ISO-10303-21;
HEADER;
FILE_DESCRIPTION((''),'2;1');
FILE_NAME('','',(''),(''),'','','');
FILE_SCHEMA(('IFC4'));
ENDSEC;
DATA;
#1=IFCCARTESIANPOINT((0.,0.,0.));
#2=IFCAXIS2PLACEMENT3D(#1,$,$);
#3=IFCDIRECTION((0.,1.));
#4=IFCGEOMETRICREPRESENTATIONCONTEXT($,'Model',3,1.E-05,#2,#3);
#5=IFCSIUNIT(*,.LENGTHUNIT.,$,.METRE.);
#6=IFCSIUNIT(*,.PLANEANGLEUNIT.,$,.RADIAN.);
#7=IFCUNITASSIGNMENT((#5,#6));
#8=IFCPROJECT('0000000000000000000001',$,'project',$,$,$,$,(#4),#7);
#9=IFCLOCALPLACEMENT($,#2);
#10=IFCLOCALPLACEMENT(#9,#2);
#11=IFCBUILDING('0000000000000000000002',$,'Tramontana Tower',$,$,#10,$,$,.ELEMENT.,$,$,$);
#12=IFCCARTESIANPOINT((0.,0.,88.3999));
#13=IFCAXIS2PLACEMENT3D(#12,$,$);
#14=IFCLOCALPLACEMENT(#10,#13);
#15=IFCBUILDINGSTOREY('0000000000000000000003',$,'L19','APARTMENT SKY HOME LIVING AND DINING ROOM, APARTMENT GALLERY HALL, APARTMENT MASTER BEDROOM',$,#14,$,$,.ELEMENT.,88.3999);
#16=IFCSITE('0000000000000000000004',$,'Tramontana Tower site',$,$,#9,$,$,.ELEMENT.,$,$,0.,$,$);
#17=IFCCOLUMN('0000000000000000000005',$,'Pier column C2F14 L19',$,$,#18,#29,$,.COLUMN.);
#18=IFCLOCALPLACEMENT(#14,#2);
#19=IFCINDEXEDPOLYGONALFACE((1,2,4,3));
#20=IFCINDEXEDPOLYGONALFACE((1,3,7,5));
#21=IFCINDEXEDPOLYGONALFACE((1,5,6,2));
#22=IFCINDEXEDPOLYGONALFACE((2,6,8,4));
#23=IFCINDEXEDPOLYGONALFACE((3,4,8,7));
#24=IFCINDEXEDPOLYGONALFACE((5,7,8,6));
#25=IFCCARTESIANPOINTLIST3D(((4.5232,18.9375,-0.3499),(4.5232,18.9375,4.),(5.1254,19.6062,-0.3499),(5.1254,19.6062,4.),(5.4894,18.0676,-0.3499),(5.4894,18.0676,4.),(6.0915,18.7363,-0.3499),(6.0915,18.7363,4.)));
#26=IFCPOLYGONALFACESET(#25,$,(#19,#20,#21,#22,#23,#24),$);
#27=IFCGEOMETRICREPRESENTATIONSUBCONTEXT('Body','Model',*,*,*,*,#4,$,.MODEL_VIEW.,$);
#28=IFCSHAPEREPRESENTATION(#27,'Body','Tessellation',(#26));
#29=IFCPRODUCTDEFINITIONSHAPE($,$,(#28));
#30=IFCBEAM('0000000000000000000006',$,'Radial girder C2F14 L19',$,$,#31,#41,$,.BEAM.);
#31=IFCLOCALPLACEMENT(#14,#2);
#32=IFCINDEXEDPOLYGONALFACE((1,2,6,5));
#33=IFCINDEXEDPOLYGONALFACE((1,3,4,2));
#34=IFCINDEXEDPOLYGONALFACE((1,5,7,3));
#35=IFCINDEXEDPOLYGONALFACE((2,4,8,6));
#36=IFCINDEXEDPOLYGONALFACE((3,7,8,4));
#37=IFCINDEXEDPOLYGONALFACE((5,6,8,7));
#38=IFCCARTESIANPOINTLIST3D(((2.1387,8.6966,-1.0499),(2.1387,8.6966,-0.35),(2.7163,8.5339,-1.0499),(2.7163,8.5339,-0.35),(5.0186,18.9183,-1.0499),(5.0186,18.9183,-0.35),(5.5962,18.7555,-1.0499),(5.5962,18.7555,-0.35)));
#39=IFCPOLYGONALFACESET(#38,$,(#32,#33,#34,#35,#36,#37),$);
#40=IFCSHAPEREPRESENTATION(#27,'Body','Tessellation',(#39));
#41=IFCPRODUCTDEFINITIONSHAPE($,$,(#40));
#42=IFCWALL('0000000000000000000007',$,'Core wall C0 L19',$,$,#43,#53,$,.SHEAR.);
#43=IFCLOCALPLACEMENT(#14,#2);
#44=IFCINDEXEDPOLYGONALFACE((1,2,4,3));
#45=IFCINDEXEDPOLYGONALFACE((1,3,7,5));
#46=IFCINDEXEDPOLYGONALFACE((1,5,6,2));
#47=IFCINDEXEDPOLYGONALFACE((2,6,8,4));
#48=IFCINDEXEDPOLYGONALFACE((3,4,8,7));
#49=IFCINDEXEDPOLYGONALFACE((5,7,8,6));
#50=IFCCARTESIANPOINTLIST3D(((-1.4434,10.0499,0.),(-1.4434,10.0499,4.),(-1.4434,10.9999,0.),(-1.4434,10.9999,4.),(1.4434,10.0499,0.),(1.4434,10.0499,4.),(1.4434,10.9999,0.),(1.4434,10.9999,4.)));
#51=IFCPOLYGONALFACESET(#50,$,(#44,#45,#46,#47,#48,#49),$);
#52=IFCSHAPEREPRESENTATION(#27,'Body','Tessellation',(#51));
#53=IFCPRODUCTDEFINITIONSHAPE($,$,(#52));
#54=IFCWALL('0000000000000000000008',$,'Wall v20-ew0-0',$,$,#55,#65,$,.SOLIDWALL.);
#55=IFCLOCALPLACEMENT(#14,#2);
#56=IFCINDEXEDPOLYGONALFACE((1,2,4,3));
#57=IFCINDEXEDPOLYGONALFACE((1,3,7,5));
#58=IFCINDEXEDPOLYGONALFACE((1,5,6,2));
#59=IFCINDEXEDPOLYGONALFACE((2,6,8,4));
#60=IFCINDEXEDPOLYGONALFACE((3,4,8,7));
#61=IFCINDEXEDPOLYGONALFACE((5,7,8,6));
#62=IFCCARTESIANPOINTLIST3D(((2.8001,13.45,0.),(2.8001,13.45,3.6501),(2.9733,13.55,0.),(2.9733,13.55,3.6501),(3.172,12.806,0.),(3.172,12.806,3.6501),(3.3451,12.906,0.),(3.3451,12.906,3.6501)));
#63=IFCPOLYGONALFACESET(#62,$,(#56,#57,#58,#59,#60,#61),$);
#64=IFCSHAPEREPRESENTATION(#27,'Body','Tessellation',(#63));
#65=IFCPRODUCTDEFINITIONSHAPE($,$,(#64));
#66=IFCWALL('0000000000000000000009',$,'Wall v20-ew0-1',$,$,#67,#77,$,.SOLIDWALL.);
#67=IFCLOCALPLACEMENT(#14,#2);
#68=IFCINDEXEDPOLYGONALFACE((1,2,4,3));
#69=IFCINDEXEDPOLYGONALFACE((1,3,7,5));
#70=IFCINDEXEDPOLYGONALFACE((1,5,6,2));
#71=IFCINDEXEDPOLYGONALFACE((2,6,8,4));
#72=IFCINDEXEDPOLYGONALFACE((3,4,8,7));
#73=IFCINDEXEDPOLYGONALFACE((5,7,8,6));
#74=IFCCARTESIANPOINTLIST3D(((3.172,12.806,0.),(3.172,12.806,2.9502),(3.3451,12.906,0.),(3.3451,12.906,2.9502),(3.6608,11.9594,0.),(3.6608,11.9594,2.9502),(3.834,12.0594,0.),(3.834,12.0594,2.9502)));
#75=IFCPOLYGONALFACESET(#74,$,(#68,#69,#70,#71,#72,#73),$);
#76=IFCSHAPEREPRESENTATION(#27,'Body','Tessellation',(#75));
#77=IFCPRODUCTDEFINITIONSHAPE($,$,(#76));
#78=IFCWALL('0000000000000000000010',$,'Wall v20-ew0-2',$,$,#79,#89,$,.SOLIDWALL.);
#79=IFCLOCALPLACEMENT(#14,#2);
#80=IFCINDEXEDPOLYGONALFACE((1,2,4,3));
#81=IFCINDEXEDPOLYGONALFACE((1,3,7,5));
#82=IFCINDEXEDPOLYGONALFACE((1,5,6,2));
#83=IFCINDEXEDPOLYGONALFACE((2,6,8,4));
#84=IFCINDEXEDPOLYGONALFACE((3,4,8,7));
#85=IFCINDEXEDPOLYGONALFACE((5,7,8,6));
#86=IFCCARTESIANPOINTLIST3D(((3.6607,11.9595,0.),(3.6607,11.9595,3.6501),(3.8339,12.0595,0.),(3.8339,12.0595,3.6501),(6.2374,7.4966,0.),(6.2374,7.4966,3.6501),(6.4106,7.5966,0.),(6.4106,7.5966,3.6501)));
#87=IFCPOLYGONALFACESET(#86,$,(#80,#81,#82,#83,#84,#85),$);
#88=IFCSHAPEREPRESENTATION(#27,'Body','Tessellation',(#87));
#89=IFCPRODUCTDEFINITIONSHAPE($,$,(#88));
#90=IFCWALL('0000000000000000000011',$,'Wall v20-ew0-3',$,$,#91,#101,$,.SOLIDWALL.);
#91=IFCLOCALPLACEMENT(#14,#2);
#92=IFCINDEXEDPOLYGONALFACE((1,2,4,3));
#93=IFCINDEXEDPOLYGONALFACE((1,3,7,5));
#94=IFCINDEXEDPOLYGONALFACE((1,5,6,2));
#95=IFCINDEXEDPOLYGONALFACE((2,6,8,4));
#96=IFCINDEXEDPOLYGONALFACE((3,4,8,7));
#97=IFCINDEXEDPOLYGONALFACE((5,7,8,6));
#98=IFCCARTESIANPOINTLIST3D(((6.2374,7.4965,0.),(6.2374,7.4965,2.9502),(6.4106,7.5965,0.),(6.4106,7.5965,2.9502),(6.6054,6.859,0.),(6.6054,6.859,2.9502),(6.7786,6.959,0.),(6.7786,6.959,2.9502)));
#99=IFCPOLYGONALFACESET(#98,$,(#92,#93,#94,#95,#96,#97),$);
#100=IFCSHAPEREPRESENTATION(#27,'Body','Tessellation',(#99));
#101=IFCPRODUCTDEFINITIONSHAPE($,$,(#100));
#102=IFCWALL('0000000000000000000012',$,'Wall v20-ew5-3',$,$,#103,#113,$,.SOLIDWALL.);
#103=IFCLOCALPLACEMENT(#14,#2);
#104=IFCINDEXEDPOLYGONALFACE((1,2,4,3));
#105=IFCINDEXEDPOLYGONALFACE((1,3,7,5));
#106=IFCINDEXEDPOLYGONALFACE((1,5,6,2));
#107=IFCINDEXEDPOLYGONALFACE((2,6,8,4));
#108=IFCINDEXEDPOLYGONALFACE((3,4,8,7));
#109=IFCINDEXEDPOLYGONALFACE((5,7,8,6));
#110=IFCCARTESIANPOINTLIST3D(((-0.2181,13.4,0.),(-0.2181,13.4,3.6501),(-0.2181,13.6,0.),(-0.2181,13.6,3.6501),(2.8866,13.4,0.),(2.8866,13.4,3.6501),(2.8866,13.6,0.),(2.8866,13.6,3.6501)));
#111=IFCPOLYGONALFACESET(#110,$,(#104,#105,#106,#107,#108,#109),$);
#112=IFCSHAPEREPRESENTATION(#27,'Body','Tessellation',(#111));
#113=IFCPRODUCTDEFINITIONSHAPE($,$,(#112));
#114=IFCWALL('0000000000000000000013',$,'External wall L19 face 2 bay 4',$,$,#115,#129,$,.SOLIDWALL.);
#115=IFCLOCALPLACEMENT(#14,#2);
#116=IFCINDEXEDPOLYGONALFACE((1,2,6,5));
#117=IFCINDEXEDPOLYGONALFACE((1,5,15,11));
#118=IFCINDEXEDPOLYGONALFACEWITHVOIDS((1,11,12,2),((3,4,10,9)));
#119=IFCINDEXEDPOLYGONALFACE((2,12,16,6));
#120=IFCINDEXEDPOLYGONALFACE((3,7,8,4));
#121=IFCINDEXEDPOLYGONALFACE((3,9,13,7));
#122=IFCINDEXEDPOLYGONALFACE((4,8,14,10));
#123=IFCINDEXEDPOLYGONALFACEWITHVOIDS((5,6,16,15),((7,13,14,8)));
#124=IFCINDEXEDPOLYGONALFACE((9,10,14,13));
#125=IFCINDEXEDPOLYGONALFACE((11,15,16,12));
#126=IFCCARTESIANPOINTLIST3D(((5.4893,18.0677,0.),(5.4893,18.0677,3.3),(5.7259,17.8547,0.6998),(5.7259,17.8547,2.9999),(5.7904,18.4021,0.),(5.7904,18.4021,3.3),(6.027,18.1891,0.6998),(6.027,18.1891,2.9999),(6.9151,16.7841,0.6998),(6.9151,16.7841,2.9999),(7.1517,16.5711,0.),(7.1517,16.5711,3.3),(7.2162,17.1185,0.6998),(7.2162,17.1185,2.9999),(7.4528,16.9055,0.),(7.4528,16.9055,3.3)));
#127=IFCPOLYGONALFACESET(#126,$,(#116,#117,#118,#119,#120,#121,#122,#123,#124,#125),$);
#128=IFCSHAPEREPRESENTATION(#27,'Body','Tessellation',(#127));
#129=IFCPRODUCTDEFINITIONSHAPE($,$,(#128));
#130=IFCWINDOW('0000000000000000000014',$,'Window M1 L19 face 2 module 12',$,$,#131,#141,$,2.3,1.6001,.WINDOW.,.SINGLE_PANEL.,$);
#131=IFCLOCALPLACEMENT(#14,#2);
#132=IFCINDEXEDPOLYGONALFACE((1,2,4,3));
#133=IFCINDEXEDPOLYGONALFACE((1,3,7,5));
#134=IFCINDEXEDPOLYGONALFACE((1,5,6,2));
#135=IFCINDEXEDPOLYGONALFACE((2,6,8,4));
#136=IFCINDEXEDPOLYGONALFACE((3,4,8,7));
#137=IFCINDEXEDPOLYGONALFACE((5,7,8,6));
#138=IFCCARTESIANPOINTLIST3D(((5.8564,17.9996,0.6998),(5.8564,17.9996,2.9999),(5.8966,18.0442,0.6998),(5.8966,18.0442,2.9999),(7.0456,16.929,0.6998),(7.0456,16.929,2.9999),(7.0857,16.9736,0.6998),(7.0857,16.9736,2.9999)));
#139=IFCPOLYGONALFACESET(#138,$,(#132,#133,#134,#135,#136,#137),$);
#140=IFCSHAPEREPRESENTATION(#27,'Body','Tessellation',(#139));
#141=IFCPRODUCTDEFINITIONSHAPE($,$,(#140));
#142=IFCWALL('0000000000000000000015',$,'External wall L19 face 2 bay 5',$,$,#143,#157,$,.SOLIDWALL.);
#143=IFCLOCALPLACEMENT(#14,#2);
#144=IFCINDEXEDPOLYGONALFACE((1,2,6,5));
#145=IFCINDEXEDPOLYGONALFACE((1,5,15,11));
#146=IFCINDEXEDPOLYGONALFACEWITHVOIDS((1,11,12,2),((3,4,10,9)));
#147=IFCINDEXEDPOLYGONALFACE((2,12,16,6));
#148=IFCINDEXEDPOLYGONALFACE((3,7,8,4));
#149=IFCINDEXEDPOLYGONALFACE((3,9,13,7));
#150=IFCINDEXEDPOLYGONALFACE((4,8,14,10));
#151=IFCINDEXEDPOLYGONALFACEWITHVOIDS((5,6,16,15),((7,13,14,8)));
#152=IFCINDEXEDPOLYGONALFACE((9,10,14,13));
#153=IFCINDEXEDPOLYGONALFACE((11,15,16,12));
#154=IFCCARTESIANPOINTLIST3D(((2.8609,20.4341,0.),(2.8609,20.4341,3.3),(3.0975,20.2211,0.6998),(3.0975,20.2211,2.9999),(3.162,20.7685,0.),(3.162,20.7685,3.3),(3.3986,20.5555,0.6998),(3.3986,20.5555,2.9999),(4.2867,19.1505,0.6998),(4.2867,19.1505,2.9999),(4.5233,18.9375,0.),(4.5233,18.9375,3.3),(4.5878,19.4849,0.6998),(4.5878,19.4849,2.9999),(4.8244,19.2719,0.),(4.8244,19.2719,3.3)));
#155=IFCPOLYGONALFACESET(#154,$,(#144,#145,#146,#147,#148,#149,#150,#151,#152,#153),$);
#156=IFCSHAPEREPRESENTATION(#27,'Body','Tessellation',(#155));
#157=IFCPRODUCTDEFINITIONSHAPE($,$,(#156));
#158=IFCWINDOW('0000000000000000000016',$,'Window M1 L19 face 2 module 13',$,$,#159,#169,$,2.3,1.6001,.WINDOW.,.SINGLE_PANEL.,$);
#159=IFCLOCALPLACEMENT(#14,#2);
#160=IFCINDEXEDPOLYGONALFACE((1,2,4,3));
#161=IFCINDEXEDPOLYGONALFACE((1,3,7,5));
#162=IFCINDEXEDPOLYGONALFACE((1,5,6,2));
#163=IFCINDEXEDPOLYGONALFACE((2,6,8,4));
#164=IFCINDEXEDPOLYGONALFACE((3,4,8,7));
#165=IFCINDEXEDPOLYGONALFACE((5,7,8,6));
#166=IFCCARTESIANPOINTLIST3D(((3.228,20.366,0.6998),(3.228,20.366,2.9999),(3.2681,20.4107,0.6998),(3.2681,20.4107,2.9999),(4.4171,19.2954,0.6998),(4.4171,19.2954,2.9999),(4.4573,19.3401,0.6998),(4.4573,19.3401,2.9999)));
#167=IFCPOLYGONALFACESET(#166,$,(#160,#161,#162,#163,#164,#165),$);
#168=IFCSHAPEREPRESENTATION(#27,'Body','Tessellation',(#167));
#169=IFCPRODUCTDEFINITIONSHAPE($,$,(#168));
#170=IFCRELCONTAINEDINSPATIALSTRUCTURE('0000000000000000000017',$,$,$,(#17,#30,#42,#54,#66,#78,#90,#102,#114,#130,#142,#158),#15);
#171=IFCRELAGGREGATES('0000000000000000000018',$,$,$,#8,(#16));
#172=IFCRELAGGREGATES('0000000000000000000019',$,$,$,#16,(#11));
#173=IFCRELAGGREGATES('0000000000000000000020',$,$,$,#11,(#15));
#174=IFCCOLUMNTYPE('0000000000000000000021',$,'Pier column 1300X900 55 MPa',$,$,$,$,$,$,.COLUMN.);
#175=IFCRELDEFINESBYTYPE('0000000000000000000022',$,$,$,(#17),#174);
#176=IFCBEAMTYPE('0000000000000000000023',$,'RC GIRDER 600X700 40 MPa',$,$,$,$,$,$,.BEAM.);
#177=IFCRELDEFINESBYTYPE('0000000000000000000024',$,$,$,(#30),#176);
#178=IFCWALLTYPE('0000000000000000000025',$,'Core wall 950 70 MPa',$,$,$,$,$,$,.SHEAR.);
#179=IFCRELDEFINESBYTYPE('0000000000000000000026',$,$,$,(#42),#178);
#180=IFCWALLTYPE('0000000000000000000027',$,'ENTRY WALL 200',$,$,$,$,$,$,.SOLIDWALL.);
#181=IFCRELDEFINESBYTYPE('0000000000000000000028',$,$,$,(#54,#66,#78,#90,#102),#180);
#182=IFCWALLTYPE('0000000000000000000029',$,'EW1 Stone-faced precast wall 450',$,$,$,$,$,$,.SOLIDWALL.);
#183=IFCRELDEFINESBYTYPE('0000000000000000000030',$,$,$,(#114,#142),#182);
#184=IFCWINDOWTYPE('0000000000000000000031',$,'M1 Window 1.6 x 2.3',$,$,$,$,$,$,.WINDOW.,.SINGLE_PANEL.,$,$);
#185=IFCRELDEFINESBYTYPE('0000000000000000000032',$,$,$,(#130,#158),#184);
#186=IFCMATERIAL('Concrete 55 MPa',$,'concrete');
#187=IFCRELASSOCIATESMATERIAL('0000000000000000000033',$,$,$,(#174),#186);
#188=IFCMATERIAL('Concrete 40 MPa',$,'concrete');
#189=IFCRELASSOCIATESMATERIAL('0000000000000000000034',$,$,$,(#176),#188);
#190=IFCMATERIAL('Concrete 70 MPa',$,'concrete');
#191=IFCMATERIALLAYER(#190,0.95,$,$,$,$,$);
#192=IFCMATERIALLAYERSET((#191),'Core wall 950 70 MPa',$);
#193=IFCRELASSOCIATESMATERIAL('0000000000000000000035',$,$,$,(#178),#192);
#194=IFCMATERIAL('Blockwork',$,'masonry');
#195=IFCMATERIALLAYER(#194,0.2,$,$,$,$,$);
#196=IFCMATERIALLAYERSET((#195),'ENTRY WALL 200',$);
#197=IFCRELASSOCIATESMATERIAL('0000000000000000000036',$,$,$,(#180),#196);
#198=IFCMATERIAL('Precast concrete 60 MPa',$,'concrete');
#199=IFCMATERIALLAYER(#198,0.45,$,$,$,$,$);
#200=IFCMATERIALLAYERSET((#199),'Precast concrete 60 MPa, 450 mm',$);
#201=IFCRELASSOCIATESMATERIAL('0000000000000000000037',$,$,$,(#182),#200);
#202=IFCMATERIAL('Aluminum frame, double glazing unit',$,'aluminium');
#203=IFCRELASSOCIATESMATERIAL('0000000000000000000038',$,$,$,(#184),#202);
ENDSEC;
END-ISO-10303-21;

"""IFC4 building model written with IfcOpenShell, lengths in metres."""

from ifc_helpers import new_model, si_unit, direction, frame, frame_2d, origin, origin_2d, place, context, subcontext, project, spatial, rectangle, extrude, material, layer, layer_set, material_profile, profile_set, type_object, element, fill, save


model = new_model("IFC4")

# Units and contexts
model_context = context("Model", 3, precision=1e-05, world=origin(), true_north=direction((0.0, 1.0)))
body_context = subcontext(model_context, "Body", "Model", "MODEL_VIEW")
ifc_project = project(units=[si_unit("LENGTHUNIT", "METRE"), si_unit("PLANEANGLEUNIT", "RADIAN")], contexts=[model_context])

# Site, building, storey
site_placement = place(None, origin())
site = spatial("IfcSite", under=ifc_project, at=site_placement, Name="Tramontana Tower site", CompositionType="ELEMENT", RefElevation=0.0)
building_placement = place(site_placement, origin())
building = spatial("IfcBuilding", under=site, at=building_placement, Name="Tramontana Tower", CompositionType="ELEMENT")
storey_placement = place(building_placement, frame((0.0, 0.0, 88.3999)))
storey = spatial("IfcBuildingStorey", under=building, at=storey_placement, Name="L19", Description="APARTMENT SKY HOME LIVING AND DINING ROOM, APARTMENT GALLERY HALL, APARTMENT MASTER BEDROOM", CompositionType="ELEMENT", Elevation=88.3999)

# Column
ifc_material_1 = material(Name="Concrete 55 MPa", Category="concrete")
ifc_material_profile_1 = material_profile(ifc_material_1, rectangle(XDim=1.3, YDim=0.8999, at=origin_2d()), Name="Pier column 1300X900 55 MPa")
ifc_profile_set_1 = profile_set([ifc_material_profile_1], Name="Concrete 55 MPa")
column_type = type_object("IfcColumnType", Name="Pier column 1300X900 55 MPa", PredefinedType="COLUMN", material=ifc_profile_set_1)
column_placement = place(storey_placement, frame((5.3074, 18.8369, -0.3499), z_axis=(0.0, 0.0, 1.0), x_axis=(-0.743145, 0.669131, 0.0)))
element("IfcColumn", 1, at=column_placement, inside=storey, type_object=column_type, Name="Pier column C2F14 L19", PredefinedType="COLUMN", context=body_context, shape_type="SweptSolid", body=[
    extrude(rectangle(XDim=1.3, YDim=0.8999, at=origin_2d()), origin(), (0.0, 0.0, 1.0), 4.3499),
])

# Beam
ifc_material_2 = material(Name="Concrete 40 MPa", Category="concrete")
ifc_material_profile_2 = material_profile(ifc_material_2, rectangle(XDim=0.6001, YDim=0.7, at=origin_2d()), Name="RC GIRDER 600X700 40 MPa")
ifc_profile_set_2 = profile_set([ifc_material_profile_2], Name="Concrete 40 MPa")
beam_type = type_object("IfcBeamType", Name="RC GIRDER 600X700 40 MPa", PredefinedType="BEAM", material=ifc_profile_set_2)
beam_placement = place(storey_placement, frame((5.3074, 18.8369, -0.7), z_axis=(-0.271185, -0.962527, 0.0), x_axis=(0.962527, -0.271185, 0.0)))
element("IfcBeam", 2, at=beam_placement, inside=storey, type_object=beam_type, Name="Radial girder C2F14 L19", PredefinedType="BEAM", context=body_context, shape_type="SweptSolid", body=[
    extrude(rectangle(XDim=0.6001, YDim=0.7, at=origin_2d()), origin(), (0.0, 0.0, 1.0), 10.6196),
])

# Walls
ifc_material_3 = material(Name="Concrete 70 MPa", Category="concrete")
ifc_layer_1 = layer(ifc_material_3, 0.95)
ifc_layer_set_1 = layer_set([ifc_layer_1], Name="Core wall 950 70 MPa")
wall_type_1 = type_object("IfcWallType", Name="Core wall 950 70 MPa", PredefinedType="SHEAR", material=ifc_layer_set_1)
wall_1_placement = place(storey_placement, frame((1.4434, 10.5249, 0.0), z_axis=(0.0, 0.0, 1.0), x_axis=(-1.0, 0.0, 0.0)))
element("IfcWall", 3, at=wall_1_placement, inside=storey, type_object=wall_type_1, Name="Core wall C0 L19", PredefinedType="SHEAR", context=body_context, shape_type="SweptSolid", body=[
    extrude(rectangle(XDim=2.8867, YDim=0.95, at=frame_2d((1.4434, 0.0))), origin(), (0.0, 0.0, 1.0), 4.0),
])
ifc_material_4 = material(Name="Blockwork", Category="masonry")
ifc_layer_2 = layer(ifc_material_4, 0.2)
ifc_layer_set_2 = layer_set([ifc_layer_2], Name="ENTRY WALL 200")
wall_type_2 = type_object("IfcWallType", Name="ENTRY WALL 200", PredefinedType="SOLIDWALL", material=ifc_layer_set_2)
wall_2_placement = place(storey_placement, frame((2.8867, 13.5, 0.0), z_axis=(0.0, 0.0, 1.0), x_axis=(0.499988, -0.866033, 0.0)))
element("IfcWall", 4, at=wall_2_placement, inside=storey, type_object=wall_type_2, Name="Wall v20-ew0-0", PredefinedType="SOLIDWALL", context=body_context, shape_type="SweptSolid", body=[
    extrude(rectangle(XDim=0.7437, YDim=0.2, at=frame_2d((0.3718, 0.0))), origin(), (0.0, 0.0, 1.0), 3.6501),
])
wall_3_placement = place(storey_placement, frame((3.2585, 12.856, 0.0), z_axis=(0.0, 0.0, 1.0), x_axis=(0.500061, -0.86599, 0.0)))
element("IfcWall", 5, at=wall_3_placement, inside=storey, type_object=wall_type_2, Name="Wall v20-ew0-1", PredefinedType="SOLIDWALL", context=body_context, shape_type="SweptSolid", body=[
    extrude(rectangle(XDim=0.9775, YDim=0.2, at=frame_2d((0.4888, 0.0))), origin(), (0.0, 0.0, 1.0), 2.9502),
])
wall_4_placement = place(storey_placement, frame((3.7473, 12.0095, 0.0), z_axis=(0.0, 0.0, 1.0), x_axis=(0.500001, -0.866025, 0.0)))
element("IfcWall", 6, at=wall_4_placement, inside=storey, type_object=wall_type_2, Name="Wall v20-ew0-2", PredefinedType="SOLIDWALL", context=body_context, shape_type="SweptSolid", body=[
    extrude(rectangle(XDim=5.1533, YDim=0.2, at=frame_2d((2.5767, 0.0))), origin(), (0.0, 0.0, 1.0), 3.6501),
])
wall_5_placement = place(storey_placement, frame((6.324, 7.5466, 0.0), z_axis=(0.0, 0.0, 1.0), x_axis=(0.499885, -0.866092, 0.0)))
element("IfcWall", 7, at=wall_5_placement, inside=storey, type_object=wall_type_2, Name="Wall v20-ew0-3", PredefinedType="SOLIDWALL", context=body_context, shape_type="SweptSolid", body=[
    extrude(rectangle(XDim=0.7361, YDim=0.2, at=frame_2d((0.3682, 0.0))), origin(), (0.0, 0.0, 1.0), 2.9502),
])
wall_6_placement = place(storey_placement, frame((-0.218, 13.5, 0.0), z_axis=(0.0, 0.0, 1.0), x_axis=(1.0, 0.0, 0.0)))
element("IfcWall", 8, at=wall_6_placement, inside=storey, type_object=wall_type_2, Name="Wall v20-ew5-3", PredefinedType="SOLIDWALL", context=body_context, shape_type="SweptSolid", body=[
    extrude(rectangle(XDim=3.1047, YDim=0.2, at=frame_2d((1.5522, 0.0))), origin(), (0.0, 0.0, 1.0), 3.6501),
])

# Walls, openings, windows
ifc_material_5 = material(Name="Precast concrete 60 MPa", Category="concrete")
ifc_layer_3 = layer(ifc_material_5, 0.45)
ifc_layer_set_3 = layer_set([ifc_layer_3], Name="Precast concrete 60 MPa, 450 mm")
wall_type_3 = type_object("IfcWallType", Name="EW1 Stone-faced precast wall 450", PredefinedType="SOLIDWALL", material=ifc_layer_set_3)
wall_7_placement = place(storey_placement, frame((7.3022, 16.7383, 0.0), z_axis=(0.0, 0.0, 1.0), x_axis=(-0.743191, 0.669079, 0.0)))
wall_7 = element("IfcWall", 9, at=wall_7_placement, inside=storey, type_object=wall_type_3, Name="External wall L19 face 2 bay 4", PredefinedType="SOLIDWALL", context=body_context, shape_type="SweptSolid", body=[
    extrude(rectangle(XDim=2.2368, YDim=0.45, at=frame_2d((1.1184, 0.0))), origin(), (0.0, 0.0, 1.0), 3.3),
])
opening_1_placement = place(wall_7_placement, frame((0.3184, 0.0, 0.7)))
opening_1 = element("IfcOpeningElement", 10, at=opening_1_placement, cuts=wall_7, PredefinedType="OPENING", context=body_context, shape_type="SweptSolid", body=[
    extrude(rectangle(XDim=1.6001, YDim=2.3, at=frame_2d((0.8, 1.1499))), frame((0.0, 0.2349, 0.0), z_axis=(0.0, -1.0, 0.0), x_axis=(1.0, 0.0, 0.0)), (0.0, 0.0, 1.0), 0.47),
])
ifc_material_6 = material(Name="Aluminum frame, double glazing unit", Category="aluminium")
window_type = type_object("IfcWindowType", Name="M1 Window 1.6 x 2.3", PartitioningType="SINGLE_PANEL", PredefinedType="WINDOW", material=ifc_material_6)
window_1_placement = place(opening_1_placement, origin())
window_1 = element("IfcWindow", 11, at=window_1_placement, inside=storey, type_object=window_type, Name="Window M1 L19 face 2 module 12", OverallHeight=2.3, OverallWidth=1.6001, PartitioningType="SINGLE_PANEL", PredefinedType="WINDOW", context=body_context, shape_type="SweptSolid", body=[
    extrude(rectangle(XDim=1.6001, YDim=2.3, at=frame_2d((0.8, 1.1499))), frame((0.0, 0.03, 0.0), z_axis=(0.0, -1.0, 0.0), x_axis=(1.0, 0.0, 0.0)), (0.0, 0.0, 1.0), 0.0601),
])
fill(opening_1, window_1)
wall_8_placement = place(storey_placement, frame((4.6738, 19.1047, 0.0), z_axis=(0.0, 0.0, 1.0), x_axis=(-0.743191, 0.669079, 0.0)))
wall_8 = element("IfcWall", 12, at=wall_8_placement, inside=storey, type_object=wall_type_3, Name="External wall L19 face 2 bay 5", PredefinedType="SOLIDWALL", context=body_context, shape_type="SweptSolid", body=[
    extrude(rectangle(XDim=2.2368, YDim=0.45, at=frame_2d((1.1184, 0.0))), origin(), (0.0, 0.0, 1.0), 3.3),
])
opening_2_placement = place(wall_8_placement, frame((0.3184, 0.0, 0.7)))
opening_2 = element("IfcOpeningElement", 13, at=opening_2_placement, cuts=wall_8, PredefinedType="OPENING", context=body_context, shape_type="SweptSolid", body=[
    extrude(rectangle(XDim=1.6001, YDim=2.3, at=frame_2d((0.8, 1.1499))), frame((0.0, 0.2349, 0.0), z_axis=(0.0, -1.0, 0.0), x_axis=(1.0, 0.0, 0.0)), (0.0, 0.0, 1.0), 0.47),
])
window_2_placement = place(opening_2_placement, origin())
window_2 = element("IfcWindow", 14, at=window_2_placement, inside=storey, type_object=window_type, Name="Window M1 L19 face 2 module 13", OverallHeight=2.3, OverallWidth=1.6001, PartitioningType="SINGLE_PANEL", PredefinedType="WINDOW", context=body_context, shape_type="SweptSolid", body=[
    extrude(rectangle(XDim=1.6001, YDim=2.3, at=frame_2d((0.8, 1.1499))), frame((0.0, 0.03, 0.0), z_axis=(0.0, -1.0, 0.0), x_axis=(1.0, 0.0, 0.0)), (0.0, 0.0, 1.0), 0.0601),
])
fill(opening_2, window_2)

save(model, "model.ifc")
